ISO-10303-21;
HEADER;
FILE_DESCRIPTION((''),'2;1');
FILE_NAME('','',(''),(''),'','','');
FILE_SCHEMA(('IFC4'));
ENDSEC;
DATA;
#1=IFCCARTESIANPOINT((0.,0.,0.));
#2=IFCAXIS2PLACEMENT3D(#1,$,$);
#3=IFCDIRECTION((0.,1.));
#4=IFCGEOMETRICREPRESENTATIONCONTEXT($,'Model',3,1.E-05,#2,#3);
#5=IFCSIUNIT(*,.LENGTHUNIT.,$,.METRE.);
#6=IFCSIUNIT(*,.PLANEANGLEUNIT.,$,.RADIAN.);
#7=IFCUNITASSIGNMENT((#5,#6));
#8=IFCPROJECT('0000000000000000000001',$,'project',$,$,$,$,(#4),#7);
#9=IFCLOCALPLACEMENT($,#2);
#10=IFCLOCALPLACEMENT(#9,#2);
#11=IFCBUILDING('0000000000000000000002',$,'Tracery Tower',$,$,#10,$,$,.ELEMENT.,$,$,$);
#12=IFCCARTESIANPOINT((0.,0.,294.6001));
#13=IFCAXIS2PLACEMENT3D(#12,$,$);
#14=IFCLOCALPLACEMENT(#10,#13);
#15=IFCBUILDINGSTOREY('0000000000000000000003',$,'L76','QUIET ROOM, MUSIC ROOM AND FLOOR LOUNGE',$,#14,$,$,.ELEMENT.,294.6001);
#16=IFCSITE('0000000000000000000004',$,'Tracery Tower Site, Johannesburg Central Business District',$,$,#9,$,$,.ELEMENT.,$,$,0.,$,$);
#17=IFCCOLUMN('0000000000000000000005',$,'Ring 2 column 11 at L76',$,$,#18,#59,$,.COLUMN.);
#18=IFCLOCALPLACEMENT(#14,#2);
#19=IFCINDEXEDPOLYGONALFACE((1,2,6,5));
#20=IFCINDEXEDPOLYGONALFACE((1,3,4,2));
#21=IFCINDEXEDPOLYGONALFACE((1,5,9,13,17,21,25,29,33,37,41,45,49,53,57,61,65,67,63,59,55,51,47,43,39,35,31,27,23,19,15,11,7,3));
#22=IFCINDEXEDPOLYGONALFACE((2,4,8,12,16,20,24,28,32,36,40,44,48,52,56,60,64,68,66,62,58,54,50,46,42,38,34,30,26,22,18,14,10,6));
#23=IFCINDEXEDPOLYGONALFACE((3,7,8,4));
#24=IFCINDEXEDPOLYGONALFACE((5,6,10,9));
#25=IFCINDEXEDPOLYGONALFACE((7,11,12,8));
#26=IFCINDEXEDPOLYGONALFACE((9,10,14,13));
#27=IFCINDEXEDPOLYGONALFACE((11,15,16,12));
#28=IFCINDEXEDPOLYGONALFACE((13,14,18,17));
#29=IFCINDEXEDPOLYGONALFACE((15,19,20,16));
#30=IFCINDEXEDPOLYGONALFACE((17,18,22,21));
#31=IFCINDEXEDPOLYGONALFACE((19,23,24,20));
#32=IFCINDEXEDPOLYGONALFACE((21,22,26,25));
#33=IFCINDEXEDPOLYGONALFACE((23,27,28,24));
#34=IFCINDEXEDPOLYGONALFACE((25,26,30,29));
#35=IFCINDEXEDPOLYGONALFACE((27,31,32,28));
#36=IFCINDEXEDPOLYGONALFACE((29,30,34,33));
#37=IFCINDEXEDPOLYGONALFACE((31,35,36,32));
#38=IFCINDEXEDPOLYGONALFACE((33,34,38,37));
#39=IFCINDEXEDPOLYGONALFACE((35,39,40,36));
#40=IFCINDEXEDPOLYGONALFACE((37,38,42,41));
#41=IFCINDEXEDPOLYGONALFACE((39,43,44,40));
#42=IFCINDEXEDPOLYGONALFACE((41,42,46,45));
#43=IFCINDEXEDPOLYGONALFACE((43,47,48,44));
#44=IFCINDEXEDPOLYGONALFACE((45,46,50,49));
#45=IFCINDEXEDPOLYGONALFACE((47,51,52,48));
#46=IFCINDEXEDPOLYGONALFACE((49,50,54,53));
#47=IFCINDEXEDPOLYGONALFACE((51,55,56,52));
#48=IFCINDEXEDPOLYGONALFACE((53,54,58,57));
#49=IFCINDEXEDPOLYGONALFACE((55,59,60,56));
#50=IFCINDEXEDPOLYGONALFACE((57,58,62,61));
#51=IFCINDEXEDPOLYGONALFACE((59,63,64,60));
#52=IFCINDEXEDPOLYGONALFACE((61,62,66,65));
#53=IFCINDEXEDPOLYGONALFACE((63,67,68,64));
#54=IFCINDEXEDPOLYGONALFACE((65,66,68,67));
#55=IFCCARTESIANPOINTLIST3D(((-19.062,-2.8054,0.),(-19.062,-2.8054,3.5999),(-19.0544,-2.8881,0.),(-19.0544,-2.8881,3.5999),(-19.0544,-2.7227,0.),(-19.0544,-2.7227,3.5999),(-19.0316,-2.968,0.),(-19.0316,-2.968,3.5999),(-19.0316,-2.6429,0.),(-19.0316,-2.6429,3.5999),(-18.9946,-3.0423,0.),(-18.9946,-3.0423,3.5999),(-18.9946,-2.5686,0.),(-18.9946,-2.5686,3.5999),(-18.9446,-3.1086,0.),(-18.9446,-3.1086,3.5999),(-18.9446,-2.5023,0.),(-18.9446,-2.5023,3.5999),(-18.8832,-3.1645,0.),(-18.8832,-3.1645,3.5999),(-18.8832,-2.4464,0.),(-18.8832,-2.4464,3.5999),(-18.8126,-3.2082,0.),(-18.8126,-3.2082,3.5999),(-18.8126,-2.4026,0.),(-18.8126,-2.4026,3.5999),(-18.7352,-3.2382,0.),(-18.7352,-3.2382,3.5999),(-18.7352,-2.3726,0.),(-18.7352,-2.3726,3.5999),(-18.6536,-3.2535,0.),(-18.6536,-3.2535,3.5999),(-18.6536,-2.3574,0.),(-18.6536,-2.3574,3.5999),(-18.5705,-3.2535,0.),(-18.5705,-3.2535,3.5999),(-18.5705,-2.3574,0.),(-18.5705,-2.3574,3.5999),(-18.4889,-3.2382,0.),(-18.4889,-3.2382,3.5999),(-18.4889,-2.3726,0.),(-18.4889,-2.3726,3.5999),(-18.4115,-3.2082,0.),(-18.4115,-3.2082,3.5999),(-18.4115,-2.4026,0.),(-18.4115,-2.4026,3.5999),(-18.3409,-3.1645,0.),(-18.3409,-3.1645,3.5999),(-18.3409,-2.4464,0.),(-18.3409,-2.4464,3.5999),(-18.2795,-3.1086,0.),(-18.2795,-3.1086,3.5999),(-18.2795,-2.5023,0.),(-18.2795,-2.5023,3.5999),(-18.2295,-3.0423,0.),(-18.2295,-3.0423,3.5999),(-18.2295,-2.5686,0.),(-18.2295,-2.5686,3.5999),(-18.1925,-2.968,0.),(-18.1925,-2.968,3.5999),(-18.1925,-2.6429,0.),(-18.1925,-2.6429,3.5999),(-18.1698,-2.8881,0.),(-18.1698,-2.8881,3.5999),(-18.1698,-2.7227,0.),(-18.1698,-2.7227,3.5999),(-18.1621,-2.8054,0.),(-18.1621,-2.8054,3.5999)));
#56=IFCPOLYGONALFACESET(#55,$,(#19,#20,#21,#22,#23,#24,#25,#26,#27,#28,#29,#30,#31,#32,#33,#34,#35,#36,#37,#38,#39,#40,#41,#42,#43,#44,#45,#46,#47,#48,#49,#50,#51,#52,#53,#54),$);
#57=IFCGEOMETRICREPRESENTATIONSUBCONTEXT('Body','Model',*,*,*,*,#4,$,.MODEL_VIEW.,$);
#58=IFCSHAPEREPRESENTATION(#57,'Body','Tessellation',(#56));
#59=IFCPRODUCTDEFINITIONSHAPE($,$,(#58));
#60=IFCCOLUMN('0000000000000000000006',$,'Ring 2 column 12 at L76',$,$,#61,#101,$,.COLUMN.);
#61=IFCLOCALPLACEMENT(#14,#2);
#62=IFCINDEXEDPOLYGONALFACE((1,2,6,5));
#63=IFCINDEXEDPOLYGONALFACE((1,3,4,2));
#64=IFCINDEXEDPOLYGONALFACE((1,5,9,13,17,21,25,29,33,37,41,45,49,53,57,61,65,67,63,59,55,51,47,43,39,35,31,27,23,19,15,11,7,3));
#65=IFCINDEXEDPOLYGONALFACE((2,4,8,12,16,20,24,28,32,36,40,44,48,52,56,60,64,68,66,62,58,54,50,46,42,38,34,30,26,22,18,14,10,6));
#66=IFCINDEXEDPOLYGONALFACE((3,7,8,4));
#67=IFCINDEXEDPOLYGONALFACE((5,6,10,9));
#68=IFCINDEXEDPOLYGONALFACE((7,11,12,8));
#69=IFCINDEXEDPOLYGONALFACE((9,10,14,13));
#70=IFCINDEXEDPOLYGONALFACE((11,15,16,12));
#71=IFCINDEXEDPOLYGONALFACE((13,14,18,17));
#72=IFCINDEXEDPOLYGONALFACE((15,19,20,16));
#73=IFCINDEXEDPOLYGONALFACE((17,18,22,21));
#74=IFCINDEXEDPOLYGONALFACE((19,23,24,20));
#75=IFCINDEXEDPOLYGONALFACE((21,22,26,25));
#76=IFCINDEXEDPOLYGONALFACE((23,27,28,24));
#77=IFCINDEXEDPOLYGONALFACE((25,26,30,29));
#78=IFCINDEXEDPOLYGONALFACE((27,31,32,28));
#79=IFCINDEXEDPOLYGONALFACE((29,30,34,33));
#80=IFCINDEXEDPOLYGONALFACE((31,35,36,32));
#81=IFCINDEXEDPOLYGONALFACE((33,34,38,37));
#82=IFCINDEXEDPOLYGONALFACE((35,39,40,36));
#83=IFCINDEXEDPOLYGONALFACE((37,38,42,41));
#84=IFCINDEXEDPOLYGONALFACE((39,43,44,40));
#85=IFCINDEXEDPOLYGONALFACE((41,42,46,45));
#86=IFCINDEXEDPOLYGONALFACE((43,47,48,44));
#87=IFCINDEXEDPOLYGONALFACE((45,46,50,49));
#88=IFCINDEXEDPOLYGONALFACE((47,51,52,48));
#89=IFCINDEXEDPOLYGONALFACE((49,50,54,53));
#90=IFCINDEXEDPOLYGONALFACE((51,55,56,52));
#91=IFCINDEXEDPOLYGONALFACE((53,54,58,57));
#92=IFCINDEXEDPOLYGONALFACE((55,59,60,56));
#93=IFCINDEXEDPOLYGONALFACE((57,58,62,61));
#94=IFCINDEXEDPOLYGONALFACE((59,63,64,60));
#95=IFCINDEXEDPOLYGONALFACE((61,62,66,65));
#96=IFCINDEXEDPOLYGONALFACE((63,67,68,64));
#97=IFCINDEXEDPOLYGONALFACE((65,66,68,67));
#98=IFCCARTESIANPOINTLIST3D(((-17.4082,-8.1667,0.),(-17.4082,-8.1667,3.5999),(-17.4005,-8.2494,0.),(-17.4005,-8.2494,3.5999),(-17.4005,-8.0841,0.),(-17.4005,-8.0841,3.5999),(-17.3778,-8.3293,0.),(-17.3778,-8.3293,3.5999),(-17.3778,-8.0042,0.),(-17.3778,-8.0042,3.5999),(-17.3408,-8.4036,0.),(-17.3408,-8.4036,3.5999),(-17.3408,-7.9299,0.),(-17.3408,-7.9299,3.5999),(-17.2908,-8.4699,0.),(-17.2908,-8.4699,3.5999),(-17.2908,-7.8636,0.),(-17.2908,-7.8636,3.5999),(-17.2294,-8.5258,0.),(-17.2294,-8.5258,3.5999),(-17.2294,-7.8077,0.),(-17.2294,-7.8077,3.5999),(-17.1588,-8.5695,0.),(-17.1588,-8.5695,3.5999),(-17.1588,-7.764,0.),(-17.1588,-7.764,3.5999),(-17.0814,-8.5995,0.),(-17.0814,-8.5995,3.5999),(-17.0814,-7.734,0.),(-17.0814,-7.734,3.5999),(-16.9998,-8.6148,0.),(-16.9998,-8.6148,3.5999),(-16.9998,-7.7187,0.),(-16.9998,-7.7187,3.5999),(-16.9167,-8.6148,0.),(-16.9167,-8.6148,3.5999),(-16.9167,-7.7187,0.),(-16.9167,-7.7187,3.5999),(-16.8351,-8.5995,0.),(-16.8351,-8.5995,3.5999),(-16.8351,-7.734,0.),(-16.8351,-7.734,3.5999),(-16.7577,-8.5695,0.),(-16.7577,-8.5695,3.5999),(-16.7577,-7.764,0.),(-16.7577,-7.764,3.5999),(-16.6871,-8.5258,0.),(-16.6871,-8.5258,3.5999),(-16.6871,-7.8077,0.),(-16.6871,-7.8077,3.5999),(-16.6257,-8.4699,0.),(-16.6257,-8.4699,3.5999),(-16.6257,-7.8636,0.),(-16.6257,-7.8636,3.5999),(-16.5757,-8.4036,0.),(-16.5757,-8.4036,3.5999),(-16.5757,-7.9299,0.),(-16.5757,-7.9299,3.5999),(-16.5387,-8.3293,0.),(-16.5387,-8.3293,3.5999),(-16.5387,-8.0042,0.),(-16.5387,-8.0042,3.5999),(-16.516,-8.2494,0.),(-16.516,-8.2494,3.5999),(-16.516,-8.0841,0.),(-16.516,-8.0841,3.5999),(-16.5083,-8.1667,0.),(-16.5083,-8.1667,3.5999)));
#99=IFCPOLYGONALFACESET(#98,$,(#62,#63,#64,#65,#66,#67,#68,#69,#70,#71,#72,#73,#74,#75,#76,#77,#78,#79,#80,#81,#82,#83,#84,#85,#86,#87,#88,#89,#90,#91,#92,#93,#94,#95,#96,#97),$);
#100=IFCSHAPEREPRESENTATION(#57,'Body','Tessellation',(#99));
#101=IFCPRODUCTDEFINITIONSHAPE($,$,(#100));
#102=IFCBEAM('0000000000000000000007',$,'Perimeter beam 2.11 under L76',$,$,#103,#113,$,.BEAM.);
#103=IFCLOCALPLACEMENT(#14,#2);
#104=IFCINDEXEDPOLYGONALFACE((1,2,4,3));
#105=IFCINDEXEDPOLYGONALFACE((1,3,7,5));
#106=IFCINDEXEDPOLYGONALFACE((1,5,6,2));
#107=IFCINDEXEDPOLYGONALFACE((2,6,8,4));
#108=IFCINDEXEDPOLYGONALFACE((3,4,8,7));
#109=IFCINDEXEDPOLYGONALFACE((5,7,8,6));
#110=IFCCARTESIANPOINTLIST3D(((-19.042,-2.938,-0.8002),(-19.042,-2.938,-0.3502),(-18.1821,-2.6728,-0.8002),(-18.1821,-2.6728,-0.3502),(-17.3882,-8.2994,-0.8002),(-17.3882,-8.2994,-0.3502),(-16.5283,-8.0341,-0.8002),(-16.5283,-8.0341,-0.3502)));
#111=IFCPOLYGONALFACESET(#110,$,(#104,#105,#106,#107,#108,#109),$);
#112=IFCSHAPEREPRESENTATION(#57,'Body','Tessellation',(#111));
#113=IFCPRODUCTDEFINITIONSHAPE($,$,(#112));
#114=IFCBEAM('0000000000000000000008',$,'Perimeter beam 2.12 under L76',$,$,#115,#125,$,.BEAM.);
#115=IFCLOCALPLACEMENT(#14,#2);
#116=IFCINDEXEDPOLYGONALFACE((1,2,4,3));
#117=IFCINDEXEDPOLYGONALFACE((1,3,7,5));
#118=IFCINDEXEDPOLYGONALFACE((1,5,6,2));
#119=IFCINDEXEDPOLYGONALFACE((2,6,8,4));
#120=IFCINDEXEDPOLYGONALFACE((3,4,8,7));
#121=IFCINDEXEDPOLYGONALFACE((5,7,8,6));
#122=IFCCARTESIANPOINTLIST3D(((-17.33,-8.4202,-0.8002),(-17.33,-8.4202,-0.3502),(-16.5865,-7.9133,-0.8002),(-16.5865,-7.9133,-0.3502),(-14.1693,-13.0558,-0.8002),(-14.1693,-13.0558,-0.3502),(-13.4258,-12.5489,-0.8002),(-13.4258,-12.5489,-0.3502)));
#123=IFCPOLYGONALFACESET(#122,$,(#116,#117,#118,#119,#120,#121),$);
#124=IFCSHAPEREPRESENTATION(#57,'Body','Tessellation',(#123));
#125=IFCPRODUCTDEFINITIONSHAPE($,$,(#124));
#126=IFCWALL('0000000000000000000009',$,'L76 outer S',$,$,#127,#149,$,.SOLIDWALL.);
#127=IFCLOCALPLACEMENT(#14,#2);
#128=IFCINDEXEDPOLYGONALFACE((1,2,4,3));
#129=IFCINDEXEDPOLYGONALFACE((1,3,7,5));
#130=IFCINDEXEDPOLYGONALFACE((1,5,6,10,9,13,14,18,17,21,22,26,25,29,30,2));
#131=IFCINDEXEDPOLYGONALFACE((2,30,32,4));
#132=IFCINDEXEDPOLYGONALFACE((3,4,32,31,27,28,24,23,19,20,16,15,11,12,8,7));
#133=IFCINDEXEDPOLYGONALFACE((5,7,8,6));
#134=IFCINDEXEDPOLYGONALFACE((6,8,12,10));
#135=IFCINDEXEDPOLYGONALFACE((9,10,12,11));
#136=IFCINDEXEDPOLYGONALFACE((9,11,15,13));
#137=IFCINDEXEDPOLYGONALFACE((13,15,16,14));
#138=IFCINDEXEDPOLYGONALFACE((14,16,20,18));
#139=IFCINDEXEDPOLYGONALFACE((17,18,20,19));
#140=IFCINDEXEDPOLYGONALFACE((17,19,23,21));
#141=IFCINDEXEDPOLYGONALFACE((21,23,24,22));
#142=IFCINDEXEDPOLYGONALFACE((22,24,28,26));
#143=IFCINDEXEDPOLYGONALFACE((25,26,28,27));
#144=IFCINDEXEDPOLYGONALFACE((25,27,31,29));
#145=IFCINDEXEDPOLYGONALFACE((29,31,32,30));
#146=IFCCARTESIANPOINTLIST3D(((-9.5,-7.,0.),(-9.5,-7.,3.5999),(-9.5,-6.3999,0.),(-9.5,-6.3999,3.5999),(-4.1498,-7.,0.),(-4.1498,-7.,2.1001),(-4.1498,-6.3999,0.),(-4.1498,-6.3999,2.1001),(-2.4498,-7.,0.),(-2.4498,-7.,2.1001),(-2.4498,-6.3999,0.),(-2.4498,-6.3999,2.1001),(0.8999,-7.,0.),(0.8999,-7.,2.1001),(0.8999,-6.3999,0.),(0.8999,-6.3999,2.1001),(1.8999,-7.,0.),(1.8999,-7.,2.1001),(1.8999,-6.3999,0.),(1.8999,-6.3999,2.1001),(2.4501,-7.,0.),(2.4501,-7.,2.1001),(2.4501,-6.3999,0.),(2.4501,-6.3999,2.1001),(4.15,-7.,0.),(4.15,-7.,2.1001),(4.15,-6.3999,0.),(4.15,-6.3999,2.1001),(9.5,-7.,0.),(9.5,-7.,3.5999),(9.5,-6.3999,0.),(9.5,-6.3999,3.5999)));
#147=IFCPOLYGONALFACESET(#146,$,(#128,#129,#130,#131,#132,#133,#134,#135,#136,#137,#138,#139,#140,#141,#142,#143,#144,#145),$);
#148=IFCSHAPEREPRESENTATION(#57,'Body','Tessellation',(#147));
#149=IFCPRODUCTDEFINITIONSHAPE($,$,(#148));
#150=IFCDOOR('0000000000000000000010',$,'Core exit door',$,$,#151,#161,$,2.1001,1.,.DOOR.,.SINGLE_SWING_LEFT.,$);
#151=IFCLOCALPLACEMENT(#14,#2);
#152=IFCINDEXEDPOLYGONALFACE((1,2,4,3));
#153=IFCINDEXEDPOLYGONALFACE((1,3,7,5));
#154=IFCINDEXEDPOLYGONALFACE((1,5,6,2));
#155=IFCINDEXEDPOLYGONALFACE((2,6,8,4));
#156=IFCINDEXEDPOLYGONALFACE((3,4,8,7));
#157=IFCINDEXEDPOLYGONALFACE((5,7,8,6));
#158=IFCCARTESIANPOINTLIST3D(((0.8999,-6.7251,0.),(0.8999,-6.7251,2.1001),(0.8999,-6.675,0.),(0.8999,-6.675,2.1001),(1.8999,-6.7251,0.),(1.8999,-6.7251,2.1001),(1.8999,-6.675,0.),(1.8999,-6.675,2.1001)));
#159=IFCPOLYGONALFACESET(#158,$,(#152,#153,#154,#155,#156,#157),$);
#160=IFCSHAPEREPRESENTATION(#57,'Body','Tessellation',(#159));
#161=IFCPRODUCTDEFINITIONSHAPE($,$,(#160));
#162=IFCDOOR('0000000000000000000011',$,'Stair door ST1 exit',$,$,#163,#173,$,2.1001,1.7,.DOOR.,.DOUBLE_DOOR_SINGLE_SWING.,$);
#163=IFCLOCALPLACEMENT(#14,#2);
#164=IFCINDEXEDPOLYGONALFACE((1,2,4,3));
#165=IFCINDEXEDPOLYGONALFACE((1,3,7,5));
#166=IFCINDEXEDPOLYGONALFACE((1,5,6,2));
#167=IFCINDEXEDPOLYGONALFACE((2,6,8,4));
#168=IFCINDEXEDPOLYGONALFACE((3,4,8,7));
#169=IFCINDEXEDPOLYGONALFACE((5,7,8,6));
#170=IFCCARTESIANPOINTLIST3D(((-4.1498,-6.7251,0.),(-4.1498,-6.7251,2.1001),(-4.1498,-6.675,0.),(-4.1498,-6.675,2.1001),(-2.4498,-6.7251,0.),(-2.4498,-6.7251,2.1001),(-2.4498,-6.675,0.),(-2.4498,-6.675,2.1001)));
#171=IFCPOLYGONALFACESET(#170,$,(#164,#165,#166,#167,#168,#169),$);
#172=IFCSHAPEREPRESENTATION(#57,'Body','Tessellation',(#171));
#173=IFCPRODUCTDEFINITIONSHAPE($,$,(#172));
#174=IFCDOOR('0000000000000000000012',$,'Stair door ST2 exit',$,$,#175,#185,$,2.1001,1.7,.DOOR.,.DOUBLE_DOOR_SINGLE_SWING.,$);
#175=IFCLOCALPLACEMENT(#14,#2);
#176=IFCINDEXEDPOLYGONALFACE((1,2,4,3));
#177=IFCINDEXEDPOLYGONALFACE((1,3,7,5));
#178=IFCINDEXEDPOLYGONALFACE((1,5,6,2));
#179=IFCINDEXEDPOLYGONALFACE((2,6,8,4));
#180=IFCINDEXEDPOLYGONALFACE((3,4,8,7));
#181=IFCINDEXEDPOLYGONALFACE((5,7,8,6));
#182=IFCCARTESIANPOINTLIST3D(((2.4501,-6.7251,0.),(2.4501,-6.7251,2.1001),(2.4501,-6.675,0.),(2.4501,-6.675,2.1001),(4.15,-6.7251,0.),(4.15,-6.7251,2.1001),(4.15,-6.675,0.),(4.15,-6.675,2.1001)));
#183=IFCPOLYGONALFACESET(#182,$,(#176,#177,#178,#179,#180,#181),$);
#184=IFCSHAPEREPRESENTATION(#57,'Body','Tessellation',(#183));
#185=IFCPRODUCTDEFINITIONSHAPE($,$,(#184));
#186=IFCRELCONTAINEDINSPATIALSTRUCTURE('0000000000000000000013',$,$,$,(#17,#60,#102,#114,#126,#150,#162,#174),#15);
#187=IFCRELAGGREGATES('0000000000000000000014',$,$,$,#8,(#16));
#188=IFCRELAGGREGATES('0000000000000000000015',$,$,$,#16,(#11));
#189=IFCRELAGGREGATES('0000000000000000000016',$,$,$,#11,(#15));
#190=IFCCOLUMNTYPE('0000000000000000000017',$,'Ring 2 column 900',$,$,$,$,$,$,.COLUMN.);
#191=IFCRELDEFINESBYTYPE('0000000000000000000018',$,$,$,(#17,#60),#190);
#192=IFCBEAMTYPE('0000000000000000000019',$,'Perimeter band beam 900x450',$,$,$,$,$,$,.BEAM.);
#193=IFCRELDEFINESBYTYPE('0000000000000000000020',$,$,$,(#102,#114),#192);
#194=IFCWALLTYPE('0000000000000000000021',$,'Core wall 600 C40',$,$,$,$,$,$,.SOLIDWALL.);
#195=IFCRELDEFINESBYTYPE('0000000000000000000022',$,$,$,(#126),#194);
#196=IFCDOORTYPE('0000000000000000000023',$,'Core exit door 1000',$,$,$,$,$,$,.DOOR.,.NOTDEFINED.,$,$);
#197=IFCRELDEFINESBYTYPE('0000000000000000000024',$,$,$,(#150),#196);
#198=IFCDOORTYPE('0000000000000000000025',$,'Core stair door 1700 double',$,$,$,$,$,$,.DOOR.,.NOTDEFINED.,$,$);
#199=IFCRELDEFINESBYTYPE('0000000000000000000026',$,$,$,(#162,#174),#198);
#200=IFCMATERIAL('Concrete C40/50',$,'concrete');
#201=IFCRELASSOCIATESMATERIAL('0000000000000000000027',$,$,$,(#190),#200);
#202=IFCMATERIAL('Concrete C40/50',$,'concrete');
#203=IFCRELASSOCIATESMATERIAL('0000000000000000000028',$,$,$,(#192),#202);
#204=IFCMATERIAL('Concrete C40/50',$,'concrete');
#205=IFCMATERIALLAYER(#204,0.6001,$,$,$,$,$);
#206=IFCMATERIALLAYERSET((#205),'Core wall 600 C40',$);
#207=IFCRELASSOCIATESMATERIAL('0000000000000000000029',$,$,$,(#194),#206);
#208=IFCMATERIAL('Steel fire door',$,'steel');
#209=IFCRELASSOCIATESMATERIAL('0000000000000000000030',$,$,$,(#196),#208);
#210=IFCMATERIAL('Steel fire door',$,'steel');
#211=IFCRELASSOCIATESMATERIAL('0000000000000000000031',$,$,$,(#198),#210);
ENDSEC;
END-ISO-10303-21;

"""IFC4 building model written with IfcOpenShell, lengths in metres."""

from ifc_helpers import new_model, si_unit, direction, frame, frame_2d, origin, origin_2d, place, context, subcontext, project, spatial, rectangle, circle, extrude, material, layer, layer_set, material_profile, profile_set, type_object, element, fill, save


model = new_model("IFC4")

# Units and contexts
model_context = context("Model", 3, precision=1e-05, world=origin(), true_north=direction((0.0, 1.0)))
body_context = subcontext(model_context, "Body", "Model", "MODEL_VIEW")
ifc_project = project(units=[si_unit("LENGTHUNIT", "METRE"), si_unit("PLANEANGLEUNIT", "RADIAN")], contexts=[model_context])

# Site, building, storey
site_placement = place(None, origin())
site = spatial("IfcSite", under=ifc_project, at=site_placement, Name="Tracery Tower Site, Johannesburg Central Business District", CompositionType="ELEMENT", RefElevation=0.0)
building_placement = place(site_placement, origin())
building = spatial("IfcBuilding", under=site, at=building_placement, Name="Tracery Tower", CompositionType="ELEMENT")
storey_placement = place(building_placement, frame((0.0, 0.0, 294.6001)))
storey = spatial("IfcBuildingStorey", under=building, at=storey_placement, Name="L76", Description="QUIET ROOM, MUSIC ROOM AND FLOOR LOUNGE", CompositionType="ELEMENT", Elevation=294.6001)

# Columns
ifc_material_1 = material(Name="Concrete C40/50", Category="concrete")
ifc_material_profile_1 = material_profile(ifc_material_1, circle(Radius=0.45, at=origin_2d()), Name="RC D900")
ifc_profile_set_1 = profile_set([ifc_material_profile_1], Name="Concrete C40/50")
column_type = type_object("IfcColumnType", Name="Ring 2 column 900", PredefinedType="COLUMN", material=ifc_profile_set_1)
for number, where, z_axis, x_axis, name in (
    (1, (-18.6121, -2.8054, 0.0), (0.0, 0.0, 1.0), (1.0, 0.0, 0.0), "Ring 2 column 11 at L76"),
    (2, (-16.9583, -8.1667, 0.0), (0.0, 0.0, 1.0), (1.0, 0.0, 0.0), "Ring 2 column 12 at L76"),
):
    element("IfcColumn", number, at=place(storey_placement, frame(where, z_axis=z_axis, x_axis=x_axis)), inside=storey, type_object=column_type, Name=name, PredefinedType="COLUMN", context=body_context, shape_type="SweptSolid", body=[
        extrude(circle(Radius=0.45, at=origin_2d()), origin(), (0.0, 0.0, 1.0), 3.5999),
    ])

# Beams
ifc_material_2 = material(Name="Concrete C40/50", Category="concrete")
ifc_material_profile_2 = material_profile(ifc_material_2, rectangle(XDim=0.8999, YDim=0.45, at=origin_2d()), Name="RC 900x450")
ifc_profile_set_2 = profile_set([ifc_material_profile_2], Name="Concrete C40/50")
beam_type = type_object("IfcBeamType", Name="Perimeter band beam 900x450", PredefinedType="BEAM", material=ifc_profile_set_2)
for number, where, z_axis, x_axis, name in (
    (3, (-18.6121, -2.8054, -0.5752), (0.294765, -0.95557, 0.0), (0.95557, 0.294765, 0.0), "Perimeter beam 2.11 under L76"),
    (4, (-16.9583, -8.1667, -0.5752), (0.563346, -0.826221, 0.0), (0.826221, 0.563346, 0.0), "Perimeter beam 2.12 under L76"),
):
    element("IfcBeam", number, at=place(storey_placement, frame(where, z_axis=z_axis, x_axis=x_axis)), inside=storey, type_object=beam_type, Name=name, PredefinedType="BEAM", context=body_context, shape_type="SweptSolid", body=[
        extrude(rectangle(XDim=0.8999, YDim=0.45, at=origin_2d()), origin(), (0.0, 0.0, 1.0), 5.6106),
    ])

# Wall, openings, doors
ifc_material_3 = material(Name="Concrete C40/50", Category="concrete")
ifc_layer_1 = layer(ifc_material_3, 0.6001)
ifc_layer_set_1 = layer_set([ifc_layer_1], Name="Core wall 600 C40")
wall_type_1 = type_object("IfcWallType", Name="Core wall 600 C40", PredefinedType="SOLIDWALL", material=ifc_layer_set_1)
wall_1_placement = place(storey_placement, frame((-9.5, -6.7, 0.0), z_axis=(0.0, 0.0, 1.0), x_axis=(1.0, 0.0, 0.0)))
wall_1 = element("IfcWall", 5, at=wall_1_placement, inside=storey, type_object=wall_type_1, Name="L76 outer S", PredefinedType="SOLIDWALL", context=body_context, shape_type="SweptSolid", body=[
    extrude(rectangle(XDim=19.0, YDim=0.6001, at=frame_2d((9.5, 0.0))), origin(), (0.0, 0.0, 1.0), 3.5999),
])
opening_1_placement = place(wall_1_placement, frame((10.3999, 0.0, 0.0)))
opening_1 = element("IfcOpeningElement", 6, at=opening_1_placement, cuts=wall_1, PredefinedType="OPENING", context=body_context, shape_type="SweptSolid", body=[
    extrude(rectangle(XDim=1.0, YDim=2.1001, at=frame_2d((0.5, 1.05))), frame((0.0, 0.3, 0.0), z_axis=(0.0, -1.0, 0.0), x_axis=(1.0, 0.0, 0.0)), (0.0, 0.0, 1.0), 0.6001),
])
opening_2_placement = place(wall_1_placement, frame((5.3501, 0.0, 0.0)))
opening_2 = element("IfcOpeningElement", 7, at=opening_2_placement, cuts=wall_1, PredefinedType="OPENING", context=body_context, shape_type="SweptSolid", body=[
    extrude(rectangle(XDim=1.7, YDim=2.1001, at=frame_2d((0.8501, 1.05))), frame((0.0, 0.3, 0.0), z_axis=(0.0, -1.0, 0.0), x_axis=(1.0, 0.0, 0.0)), (0.0, 0.0, 1.0), 0.6001),
])
opening_3_placement = place(wall_1_placement, frame((11.95, 0.0, 0.0)))
opening_3 = element("IfcOpeningElement", 8, at=opening_3_placement, cuts=wall_1, PredefinedType="OPENING", context=body_context, shape_type="SweptSolid", body=[
    extrude(rectangle(XDim=1.7, YDim=2.1001, at=frame_2d((0.8501, 1.05))), frame((0.0, 0.3, 0.0), z_axis=(0.0, -1.0, 0.0), x_axis=(1.0, 0.0, 0.0)), (0.0, 0.0, 1.0), 0.6001),
])
ifc_material_4 = material(Name="Steel fire door", Category="steel")
door_type_1 = type_object("IfcDoorType", Name="Core exit door 1000", OperationType="NOTDEFINED", PredefinedType="DOOR", material=ifc_material_4)
door_1_placement = place(opening_1_placement, origin())
door_1 = element("IfcDoor", 9, at=door_1_placement, inside=storey, type_object=door_type_1, Name="Core exit door", OperationType="SINGLE_SWING_LEFT", OverallHeight=2.1001, OverallWidth=1.0, PredefinedType="DOOR", context=body_context, shape_type="SweptSolid", body=[
    extrude(rectangle(XDim=1.0, YDim=2.1001, at=frame_2d((0.5, 1.05))), frame((0.0, 0.0249, 0.0), z_axis=(0.0, -1.0, 0.0), x_axis=(1.0, 0.0, 0.0)), (0.0, 0.0, 1.0), 0.05),
])
fill(opening_1, door_1)
ifc_material_5 = material(Name="Steel fire door", Category="steel")
door_type_2 = type_object("IfcDoorType", Name="Core stair door 1700 double", OperationType="NOTDEFINED", PredefinedType="DOOR", material=ifc_material_5)
door_2_placement = place(opening_2_placement, origin())
door_2 = element("IfcDoor", 10, at=door_2_placement, inside=storey, type_object=door_type_2, Name="Stair door ST1 exit", OperationType="DOUBLE_DOOR_SINGLE_SWING", OverallHeight=2.1001, OverallWidth=1.7, PredefinedType="DOOR", context=body_context, shape_type="SweptSolid", body=[
    extrude(rectangle(XDim=1.7, YDim=2.1001, at=frame_2d((0.8501, 1.05))), frame((0.0, 0.0249, 0.0), z_axis=(0.0, -1.0, 0.0), x_axis=(1.0, 0.0, 0.0)), (0.0, 0.0, 1.0), 0.05),
])
fill(opening_2, door_2)
door_3_placement = place(opening_3_placement, origin())
door_3 = element("IfcDoor", 11, at=door_3_placement, inside=storey, type_object=door_type_2, Name="Stair door ST2 exit", OperationType="DOUBLE_DOOR_SINGLE_SWING", OverallHeight=2.1001, OverallWidth=1.7, PredefinedType="DOOR", context=body_context, shape_type="SweptSolid", body=[
    extrude(rectangle(XDim=1.7, YDim=2.1001, at=frame_2d((0.8501, 1.05))), frame((0.0, 0.0249, 0.0), z_axis=(0.0, -1.0, 0.0), x_axis=(1.0, 0.0, 0.0)), (0.0, 0.0, 1.0), 0.05),
])
fill(opening_3, door_3)

save(model, "model.ifc")
